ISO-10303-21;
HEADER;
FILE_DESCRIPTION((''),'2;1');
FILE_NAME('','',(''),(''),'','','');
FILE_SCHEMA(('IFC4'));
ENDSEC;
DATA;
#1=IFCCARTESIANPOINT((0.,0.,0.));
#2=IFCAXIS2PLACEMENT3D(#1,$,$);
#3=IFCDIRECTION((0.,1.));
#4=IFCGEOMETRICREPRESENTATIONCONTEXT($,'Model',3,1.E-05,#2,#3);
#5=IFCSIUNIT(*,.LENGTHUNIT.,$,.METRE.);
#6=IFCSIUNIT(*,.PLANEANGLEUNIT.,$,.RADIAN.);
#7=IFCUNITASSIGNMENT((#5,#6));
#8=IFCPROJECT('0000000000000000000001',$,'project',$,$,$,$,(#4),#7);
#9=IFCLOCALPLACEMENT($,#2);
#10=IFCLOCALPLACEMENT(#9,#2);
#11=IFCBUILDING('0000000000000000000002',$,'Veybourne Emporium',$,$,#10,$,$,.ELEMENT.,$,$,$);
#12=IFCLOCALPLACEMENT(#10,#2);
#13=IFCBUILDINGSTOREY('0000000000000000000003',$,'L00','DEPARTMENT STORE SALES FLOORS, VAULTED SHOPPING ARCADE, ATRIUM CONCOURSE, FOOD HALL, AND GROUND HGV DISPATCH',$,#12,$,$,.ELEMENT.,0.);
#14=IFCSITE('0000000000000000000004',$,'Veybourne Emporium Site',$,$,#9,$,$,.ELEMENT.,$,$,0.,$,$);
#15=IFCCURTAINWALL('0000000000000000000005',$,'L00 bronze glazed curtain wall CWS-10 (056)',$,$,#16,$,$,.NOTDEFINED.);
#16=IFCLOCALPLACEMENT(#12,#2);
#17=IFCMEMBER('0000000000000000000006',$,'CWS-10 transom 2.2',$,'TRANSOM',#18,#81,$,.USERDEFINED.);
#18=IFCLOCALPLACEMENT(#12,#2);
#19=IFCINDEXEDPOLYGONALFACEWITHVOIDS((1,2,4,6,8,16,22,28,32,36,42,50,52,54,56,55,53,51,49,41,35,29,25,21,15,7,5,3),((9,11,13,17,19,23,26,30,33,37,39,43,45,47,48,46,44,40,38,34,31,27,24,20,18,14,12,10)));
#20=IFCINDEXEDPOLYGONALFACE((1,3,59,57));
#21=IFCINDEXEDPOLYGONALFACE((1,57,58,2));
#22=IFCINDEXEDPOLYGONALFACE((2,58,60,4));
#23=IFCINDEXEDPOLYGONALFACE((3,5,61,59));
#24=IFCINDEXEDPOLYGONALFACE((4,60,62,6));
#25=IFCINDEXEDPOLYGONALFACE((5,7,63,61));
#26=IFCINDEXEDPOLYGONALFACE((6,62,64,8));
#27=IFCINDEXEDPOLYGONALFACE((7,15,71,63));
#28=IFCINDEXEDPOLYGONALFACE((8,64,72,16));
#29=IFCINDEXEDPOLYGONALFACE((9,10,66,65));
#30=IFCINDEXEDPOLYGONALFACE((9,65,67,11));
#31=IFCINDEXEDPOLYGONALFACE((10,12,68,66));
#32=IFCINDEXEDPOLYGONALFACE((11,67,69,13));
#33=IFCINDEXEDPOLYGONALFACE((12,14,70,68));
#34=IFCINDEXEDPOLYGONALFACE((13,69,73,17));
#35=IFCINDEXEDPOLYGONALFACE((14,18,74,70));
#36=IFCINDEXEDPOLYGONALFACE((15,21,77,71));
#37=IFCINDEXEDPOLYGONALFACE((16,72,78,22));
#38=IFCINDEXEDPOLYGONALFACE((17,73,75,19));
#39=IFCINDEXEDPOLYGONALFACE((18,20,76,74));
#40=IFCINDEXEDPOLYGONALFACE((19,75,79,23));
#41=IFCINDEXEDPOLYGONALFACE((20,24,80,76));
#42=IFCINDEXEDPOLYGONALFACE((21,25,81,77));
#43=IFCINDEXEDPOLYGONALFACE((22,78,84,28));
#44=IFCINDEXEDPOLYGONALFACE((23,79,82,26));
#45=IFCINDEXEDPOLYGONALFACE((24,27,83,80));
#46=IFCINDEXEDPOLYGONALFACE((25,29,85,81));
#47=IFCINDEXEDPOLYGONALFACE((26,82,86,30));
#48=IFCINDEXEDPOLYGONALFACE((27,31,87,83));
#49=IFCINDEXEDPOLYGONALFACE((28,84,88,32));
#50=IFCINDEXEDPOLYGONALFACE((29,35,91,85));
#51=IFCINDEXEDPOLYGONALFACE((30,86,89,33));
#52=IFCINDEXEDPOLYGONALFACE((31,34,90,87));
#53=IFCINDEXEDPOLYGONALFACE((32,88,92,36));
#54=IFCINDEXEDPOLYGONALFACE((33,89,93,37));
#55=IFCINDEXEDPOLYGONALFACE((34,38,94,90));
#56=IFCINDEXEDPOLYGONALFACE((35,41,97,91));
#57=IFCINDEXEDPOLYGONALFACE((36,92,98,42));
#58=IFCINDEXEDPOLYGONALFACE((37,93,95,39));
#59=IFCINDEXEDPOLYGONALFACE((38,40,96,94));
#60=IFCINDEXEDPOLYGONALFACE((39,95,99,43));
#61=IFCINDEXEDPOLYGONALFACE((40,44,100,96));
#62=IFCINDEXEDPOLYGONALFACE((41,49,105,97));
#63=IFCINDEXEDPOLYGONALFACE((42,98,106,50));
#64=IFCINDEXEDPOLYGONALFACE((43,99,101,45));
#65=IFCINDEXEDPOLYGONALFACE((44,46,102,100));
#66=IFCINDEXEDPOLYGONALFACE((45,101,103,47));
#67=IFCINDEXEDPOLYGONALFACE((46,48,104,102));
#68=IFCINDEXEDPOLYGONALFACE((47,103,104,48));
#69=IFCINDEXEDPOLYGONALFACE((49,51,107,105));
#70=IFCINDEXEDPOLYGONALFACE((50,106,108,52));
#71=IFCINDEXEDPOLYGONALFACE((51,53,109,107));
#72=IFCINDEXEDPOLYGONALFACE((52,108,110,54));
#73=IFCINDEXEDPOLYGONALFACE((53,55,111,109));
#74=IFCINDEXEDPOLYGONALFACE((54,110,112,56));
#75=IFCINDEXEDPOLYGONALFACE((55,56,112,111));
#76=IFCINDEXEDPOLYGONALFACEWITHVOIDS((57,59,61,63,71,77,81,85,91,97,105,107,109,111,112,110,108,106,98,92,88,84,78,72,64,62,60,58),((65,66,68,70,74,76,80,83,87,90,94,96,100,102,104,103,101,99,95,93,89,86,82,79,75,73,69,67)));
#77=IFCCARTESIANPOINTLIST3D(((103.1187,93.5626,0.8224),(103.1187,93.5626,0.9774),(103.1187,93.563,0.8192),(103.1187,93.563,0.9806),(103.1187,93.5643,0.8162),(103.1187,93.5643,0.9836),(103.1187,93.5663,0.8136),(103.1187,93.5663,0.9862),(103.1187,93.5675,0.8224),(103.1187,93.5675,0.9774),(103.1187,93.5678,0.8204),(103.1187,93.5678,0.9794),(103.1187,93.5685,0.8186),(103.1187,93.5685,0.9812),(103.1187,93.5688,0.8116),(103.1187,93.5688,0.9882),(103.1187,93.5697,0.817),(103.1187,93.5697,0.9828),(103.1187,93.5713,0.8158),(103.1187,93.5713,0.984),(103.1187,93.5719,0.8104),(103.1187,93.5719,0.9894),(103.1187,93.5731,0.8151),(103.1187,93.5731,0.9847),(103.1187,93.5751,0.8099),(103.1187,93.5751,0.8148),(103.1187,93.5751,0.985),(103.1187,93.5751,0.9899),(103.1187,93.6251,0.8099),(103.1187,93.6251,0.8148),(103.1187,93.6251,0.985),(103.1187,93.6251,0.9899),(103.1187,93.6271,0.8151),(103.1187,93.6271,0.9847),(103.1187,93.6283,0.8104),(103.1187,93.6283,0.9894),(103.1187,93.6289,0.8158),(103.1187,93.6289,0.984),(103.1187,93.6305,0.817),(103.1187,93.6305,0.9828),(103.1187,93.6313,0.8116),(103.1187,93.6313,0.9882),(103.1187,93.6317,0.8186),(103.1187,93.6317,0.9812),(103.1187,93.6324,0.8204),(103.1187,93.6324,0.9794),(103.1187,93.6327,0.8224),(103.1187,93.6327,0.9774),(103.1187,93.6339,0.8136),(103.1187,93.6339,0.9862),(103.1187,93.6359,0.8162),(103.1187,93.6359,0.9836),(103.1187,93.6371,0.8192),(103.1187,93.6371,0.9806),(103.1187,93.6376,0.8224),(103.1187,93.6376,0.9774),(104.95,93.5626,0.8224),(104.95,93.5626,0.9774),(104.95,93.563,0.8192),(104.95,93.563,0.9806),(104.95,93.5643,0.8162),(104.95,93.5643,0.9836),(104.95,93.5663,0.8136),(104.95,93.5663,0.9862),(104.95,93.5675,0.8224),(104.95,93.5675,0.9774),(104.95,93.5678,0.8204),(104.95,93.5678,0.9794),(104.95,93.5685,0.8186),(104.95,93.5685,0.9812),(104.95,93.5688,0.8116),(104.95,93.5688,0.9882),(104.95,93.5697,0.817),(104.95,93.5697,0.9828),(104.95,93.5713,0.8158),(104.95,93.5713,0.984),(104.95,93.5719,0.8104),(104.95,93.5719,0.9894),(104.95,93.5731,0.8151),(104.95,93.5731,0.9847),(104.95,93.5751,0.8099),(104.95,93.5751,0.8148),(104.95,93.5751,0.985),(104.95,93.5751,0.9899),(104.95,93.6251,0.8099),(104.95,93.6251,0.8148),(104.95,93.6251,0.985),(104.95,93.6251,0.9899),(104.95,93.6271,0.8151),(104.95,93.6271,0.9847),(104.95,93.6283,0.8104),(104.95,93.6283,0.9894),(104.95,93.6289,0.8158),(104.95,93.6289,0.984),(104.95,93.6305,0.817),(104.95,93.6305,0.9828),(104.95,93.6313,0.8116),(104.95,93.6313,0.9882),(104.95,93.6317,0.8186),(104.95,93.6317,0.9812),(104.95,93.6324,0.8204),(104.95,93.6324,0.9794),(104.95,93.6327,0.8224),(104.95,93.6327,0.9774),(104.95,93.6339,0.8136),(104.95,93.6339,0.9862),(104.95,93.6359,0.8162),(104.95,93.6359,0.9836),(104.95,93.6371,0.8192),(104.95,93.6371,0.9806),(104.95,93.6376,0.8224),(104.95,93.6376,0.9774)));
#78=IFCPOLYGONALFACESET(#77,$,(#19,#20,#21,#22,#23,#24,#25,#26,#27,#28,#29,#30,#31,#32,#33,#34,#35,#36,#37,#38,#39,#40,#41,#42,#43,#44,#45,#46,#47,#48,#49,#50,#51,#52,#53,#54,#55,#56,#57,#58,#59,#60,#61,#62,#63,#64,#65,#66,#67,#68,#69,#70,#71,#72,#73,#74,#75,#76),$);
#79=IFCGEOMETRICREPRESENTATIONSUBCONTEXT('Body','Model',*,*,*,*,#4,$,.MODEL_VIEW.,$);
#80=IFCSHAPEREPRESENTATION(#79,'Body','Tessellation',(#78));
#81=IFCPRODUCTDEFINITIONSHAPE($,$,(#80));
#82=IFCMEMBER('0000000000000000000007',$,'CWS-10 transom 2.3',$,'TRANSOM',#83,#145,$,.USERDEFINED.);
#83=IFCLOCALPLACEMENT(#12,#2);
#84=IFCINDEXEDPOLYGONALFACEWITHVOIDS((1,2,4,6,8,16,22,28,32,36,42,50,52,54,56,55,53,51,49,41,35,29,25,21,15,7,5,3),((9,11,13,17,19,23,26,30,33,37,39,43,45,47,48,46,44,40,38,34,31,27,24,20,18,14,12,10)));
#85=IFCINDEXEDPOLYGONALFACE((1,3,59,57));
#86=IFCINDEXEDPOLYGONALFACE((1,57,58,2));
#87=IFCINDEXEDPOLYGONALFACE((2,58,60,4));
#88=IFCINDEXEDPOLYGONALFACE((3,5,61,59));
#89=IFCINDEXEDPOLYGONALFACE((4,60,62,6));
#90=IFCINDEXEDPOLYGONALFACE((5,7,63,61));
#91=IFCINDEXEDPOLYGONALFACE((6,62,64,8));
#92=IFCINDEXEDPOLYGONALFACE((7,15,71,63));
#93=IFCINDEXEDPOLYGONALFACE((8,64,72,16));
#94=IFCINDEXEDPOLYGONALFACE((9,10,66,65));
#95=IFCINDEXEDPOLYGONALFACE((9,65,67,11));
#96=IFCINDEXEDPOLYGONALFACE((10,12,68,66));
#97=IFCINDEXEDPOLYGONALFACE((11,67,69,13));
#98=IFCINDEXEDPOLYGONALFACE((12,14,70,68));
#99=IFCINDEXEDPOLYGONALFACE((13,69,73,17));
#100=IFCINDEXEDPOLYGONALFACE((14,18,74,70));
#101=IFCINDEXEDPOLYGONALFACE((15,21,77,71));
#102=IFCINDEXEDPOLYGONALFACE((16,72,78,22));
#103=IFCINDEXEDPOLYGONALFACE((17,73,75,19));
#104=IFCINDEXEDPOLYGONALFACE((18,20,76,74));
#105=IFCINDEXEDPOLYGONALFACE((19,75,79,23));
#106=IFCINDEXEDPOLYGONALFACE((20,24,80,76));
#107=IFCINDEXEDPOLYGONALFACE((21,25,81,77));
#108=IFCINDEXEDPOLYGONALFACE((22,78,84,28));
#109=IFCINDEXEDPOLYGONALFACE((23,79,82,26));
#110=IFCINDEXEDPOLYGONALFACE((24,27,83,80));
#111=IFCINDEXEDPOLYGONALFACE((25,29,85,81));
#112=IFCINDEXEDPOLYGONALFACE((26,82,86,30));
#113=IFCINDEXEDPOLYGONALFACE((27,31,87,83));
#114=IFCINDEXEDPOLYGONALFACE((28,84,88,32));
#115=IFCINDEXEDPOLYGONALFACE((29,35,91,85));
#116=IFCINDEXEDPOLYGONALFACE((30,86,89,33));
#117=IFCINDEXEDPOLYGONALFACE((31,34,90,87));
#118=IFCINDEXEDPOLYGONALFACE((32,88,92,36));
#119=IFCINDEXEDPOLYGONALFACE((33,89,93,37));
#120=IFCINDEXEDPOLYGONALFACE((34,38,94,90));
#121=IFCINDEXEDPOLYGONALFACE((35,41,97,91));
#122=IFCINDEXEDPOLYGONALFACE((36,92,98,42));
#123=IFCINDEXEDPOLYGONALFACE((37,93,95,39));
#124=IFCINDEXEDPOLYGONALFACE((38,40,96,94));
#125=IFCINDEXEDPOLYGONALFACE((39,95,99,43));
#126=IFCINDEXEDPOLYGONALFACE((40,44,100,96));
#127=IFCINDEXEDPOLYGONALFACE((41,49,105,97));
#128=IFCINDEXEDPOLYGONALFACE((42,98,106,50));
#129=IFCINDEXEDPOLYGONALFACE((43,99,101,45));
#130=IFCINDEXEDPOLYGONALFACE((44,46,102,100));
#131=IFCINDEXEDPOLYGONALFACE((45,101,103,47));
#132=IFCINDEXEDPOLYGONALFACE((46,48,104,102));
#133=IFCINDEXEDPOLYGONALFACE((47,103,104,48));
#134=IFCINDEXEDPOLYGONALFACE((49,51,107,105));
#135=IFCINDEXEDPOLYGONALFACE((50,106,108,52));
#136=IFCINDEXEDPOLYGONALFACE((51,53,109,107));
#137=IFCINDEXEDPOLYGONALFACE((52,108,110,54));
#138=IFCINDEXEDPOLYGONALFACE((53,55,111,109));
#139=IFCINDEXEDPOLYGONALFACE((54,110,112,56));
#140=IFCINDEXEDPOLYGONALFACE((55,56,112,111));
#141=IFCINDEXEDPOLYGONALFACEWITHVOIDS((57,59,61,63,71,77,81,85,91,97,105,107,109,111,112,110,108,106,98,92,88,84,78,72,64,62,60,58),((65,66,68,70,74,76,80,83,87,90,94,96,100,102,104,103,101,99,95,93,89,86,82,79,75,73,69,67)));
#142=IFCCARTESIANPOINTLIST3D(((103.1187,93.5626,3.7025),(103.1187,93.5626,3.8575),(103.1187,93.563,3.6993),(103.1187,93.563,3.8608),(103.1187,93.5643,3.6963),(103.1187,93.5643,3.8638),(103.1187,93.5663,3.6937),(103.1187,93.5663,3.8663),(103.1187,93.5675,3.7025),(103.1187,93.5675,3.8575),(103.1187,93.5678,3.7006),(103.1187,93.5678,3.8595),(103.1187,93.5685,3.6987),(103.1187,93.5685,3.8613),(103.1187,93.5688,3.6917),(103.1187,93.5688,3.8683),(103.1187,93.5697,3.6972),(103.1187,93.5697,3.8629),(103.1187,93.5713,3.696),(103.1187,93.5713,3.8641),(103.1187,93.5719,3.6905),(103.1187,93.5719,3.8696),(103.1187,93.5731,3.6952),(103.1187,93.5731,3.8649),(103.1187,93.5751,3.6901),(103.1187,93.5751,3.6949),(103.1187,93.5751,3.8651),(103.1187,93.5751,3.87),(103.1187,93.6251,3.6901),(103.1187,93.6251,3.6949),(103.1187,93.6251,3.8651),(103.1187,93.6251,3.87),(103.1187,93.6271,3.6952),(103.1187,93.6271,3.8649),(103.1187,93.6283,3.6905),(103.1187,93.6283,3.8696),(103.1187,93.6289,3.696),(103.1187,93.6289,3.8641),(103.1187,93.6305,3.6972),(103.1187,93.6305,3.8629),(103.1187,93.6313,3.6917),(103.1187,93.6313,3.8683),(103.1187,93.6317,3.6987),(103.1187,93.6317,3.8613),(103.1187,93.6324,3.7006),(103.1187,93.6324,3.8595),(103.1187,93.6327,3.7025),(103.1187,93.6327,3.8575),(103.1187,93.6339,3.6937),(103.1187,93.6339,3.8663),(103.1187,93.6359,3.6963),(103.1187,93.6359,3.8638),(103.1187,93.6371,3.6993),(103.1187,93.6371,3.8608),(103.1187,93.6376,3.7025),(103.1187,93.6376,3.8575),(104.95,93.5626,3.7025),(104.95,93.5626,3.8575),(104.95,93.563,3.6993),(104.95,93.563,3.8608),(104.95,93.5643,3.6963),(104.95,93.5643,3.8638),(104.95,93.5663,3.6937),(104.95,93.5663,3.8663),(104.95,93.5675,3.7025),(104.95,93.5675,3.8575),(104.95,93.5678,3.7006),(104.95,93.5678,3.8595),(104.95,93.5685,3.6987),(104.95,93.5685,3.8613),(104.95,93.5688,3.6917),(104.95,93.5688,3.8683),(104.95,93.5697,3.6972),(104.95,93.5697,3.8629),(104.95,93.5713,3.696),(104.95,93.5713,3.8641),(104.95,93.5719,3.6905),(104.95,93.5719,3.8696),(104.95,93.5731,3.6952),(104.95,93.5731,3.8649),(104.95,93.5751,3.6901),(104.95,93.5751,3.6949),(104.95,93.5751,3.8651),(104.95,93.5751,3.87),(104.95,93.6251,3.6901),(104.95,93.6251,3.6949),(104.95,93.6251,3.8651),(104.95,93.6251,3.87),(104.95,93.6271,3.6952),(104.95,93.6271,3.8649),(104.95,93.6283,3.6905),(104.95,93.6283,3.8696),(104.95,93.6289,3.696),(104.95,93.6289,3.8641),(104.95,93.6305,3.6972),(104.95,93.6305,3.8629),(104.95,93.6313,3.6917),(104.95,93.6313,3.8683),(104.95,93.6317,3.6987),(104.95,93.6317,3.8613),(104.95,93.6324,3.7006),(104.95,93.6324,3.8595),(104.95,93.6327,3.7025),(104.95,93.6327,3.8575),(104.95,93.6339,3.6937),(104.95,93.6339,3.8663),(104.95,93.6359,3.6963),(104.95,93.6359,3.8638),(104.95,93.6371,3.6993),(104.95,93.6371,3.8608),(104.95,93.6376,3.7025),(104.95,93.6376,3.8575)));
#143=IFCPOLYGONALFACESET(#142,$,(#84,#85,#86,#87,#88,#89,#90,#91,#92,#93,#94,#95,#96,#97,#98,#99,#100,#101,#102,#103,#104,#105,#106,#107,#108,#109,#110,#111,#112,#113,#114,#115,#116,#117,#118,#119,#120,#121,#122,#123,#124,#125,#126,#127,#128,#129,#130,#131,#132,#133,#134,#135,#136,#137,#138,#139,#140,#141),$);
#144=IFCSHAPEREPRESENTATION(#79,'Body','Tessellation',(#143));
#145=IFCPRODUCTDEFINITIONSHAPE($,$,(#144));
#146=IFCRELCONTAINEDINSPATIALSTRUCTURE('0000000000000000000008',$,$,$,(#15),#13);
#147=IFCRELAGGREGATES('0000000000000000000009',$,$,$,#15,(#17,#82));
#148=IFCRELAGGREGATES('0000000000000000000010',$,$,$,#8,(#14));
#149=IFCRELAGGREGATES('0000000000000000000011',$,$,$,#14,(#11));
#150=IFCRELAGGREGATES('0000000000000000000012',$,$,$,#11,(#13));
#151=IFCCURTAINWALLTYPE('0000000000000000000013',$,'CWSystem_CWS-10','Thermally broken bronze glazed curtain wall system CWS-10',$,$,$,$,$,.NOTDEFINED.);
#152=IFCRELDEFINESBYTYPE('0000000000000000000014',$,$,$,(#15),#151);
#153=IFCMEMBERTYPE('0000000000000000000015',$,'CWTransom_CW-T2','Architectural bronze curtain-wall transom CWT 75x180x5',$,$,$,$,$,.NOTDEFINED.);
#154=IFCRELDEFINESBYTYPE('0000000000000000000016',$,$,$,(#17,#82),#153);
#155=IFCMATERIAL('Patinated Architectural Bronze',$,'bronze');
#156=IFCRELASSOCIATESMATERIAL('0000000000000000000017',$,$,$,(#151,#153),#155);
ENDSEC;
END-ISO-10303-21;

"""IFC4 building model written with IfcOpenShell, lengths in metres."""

from ifc_helpers import new_model, si_unit, direction, frame, origin, origin_2d, place, context, subcontext, project, spatial, hollow_rectangle, extrude, material, material_profile, profile_set, type_object, element, aggregate, save


model = new_model("IFC4")

# Units and contexts
model_context = context("Model", 3, precision=1e-05, world=origin(), true_north=direction((0.0, 1.0)))
body_context = subcontext(model_context, "Body", "Model", "MODEL_VIEW")
ifc_project = project(units=[si_unit("LENGTHUNIT", "METRE"), si_unit("PLANEANGLEUNIT", "RADIAN")], contexts=[model_context])

# Site, building, storey
site_placement = place(None, origin())
site = spatial("IfcSite", under=ifc_project, at=site_placement, Name="Veybourne Emporium Site", CompositionType="ELEMENT", RefElevation=0.0)
building_placement = place(site_placement, origin())
building = spatial("IfcBuilding", under=site, at=building_placement, Name="Veybourne Emporium", CompositionType="ELEMENT")
storey_placement = place(building_placement, origin())
storey = spatial("IfcBuildingStorey", under=building, at=storey_placement, Name="L00", Description="DEPARTMENT STORE SALES FLOORS, VAULTED SHOPPING ARCADE, ATRIUM CONCOURSE, FOOD HALL, AND GROUND HGV DISPATCH", CompositionType="ELEMENT", Elevation=0.0)

# Curtain wall, members
ifc_material_1 = material(Name="Patinated Architectural Bronze", Category="bronze")
curtain_wall_type = type_object("IfcCurtainWallType", Name="CWSystem_CWS-10", Description="Thermally broken bronze glazed curtain wall system CWS-10", PredefinedType="NOTDEFINED", material=ifc_material_1)
curtain_wall_placement = place(storey_placement, origin())
curtain_wall = element("IfcCurtainWall", 1, at=curtain_wall_placement, inside=storey, type_object=curtain_wall_type, Name="L00 bronze glazed curtain wall CWS-10 (056)", PredefinedType="NOTDEFINED")
ifc_material_profile_1 = material_profile(ifc_material_1, hollow_rectangle(XDim=0.075, YDim=0.1799, WallThickness=0.0049, InnerFilletRadius=0.0076, OuterFilletRadius=0.0125, at=origin_2d()), Name="CWT 75x180x5")
ifc_profile_set_1 = profile_set([ifc_material_profile_1], Name="Patinated Architectural Bronze")
member_type_1 = type_object("IfcMemberType", Name="CWTransom_CW-T2", Description="Architectural bronze curtain-wall transom CWT 75x180x5", PredefinedType="NOTDEFINED", material=ifc_profile_set_1)
member_1_placement = place(storey_placement, frame((103.1187, 93.6001, 0.8999), z_axis=(1.0, 0.0, 0.0), x_axis=(0.0, 1.0, 0.0)))
member_1 = element("IfcMember", 2, at=member_1_placement, type_object=member_type_1, Name="CWS-10 transom 2.2", ObjectType="TRANSOM", PredefinedType="USERDEFINED", context=body_context, shape_type="SweptSolid", body=[
    extrude(hollow_rectangle(XDim=0.075, YDim=0.1799, WallThickness=0.0049, InnerFilletRadius=0.0076, OuterFilletRadius=0.0125, at=origin_2d()), origin(), (0.0, 0.0, 1.0), 1.8313),
])
member_2_placement = place(storey_placement, frame((103.1187, 93.6001, 3.78), z_axis=(1.0, 0.0, 0.0), x_axis=(0.0, 1.0, 0.0)))
member_2 = element("IfcMember", 3, at=member_2_placement, type_object=member_type_1, Name="CWS-10 transom 2.3", ObjectType="TRANSOM", PredefinedType="USERDEFINED", context=body_context, shape_type="SweptSolid", body=[
    extrude(hollow_rectangle(XDim=0.075, YDim=0.1799, WallThickness=0.0049, InnerFilletRadius=0.0076, OuterFilletRadius=0.0125, at=origin_2d()), origin(), (0.0, 0.0, 1.0), 1.8313),
])

aggregate(curtain_wall, [member_1, member_2])

save(model, "model.ifc")
